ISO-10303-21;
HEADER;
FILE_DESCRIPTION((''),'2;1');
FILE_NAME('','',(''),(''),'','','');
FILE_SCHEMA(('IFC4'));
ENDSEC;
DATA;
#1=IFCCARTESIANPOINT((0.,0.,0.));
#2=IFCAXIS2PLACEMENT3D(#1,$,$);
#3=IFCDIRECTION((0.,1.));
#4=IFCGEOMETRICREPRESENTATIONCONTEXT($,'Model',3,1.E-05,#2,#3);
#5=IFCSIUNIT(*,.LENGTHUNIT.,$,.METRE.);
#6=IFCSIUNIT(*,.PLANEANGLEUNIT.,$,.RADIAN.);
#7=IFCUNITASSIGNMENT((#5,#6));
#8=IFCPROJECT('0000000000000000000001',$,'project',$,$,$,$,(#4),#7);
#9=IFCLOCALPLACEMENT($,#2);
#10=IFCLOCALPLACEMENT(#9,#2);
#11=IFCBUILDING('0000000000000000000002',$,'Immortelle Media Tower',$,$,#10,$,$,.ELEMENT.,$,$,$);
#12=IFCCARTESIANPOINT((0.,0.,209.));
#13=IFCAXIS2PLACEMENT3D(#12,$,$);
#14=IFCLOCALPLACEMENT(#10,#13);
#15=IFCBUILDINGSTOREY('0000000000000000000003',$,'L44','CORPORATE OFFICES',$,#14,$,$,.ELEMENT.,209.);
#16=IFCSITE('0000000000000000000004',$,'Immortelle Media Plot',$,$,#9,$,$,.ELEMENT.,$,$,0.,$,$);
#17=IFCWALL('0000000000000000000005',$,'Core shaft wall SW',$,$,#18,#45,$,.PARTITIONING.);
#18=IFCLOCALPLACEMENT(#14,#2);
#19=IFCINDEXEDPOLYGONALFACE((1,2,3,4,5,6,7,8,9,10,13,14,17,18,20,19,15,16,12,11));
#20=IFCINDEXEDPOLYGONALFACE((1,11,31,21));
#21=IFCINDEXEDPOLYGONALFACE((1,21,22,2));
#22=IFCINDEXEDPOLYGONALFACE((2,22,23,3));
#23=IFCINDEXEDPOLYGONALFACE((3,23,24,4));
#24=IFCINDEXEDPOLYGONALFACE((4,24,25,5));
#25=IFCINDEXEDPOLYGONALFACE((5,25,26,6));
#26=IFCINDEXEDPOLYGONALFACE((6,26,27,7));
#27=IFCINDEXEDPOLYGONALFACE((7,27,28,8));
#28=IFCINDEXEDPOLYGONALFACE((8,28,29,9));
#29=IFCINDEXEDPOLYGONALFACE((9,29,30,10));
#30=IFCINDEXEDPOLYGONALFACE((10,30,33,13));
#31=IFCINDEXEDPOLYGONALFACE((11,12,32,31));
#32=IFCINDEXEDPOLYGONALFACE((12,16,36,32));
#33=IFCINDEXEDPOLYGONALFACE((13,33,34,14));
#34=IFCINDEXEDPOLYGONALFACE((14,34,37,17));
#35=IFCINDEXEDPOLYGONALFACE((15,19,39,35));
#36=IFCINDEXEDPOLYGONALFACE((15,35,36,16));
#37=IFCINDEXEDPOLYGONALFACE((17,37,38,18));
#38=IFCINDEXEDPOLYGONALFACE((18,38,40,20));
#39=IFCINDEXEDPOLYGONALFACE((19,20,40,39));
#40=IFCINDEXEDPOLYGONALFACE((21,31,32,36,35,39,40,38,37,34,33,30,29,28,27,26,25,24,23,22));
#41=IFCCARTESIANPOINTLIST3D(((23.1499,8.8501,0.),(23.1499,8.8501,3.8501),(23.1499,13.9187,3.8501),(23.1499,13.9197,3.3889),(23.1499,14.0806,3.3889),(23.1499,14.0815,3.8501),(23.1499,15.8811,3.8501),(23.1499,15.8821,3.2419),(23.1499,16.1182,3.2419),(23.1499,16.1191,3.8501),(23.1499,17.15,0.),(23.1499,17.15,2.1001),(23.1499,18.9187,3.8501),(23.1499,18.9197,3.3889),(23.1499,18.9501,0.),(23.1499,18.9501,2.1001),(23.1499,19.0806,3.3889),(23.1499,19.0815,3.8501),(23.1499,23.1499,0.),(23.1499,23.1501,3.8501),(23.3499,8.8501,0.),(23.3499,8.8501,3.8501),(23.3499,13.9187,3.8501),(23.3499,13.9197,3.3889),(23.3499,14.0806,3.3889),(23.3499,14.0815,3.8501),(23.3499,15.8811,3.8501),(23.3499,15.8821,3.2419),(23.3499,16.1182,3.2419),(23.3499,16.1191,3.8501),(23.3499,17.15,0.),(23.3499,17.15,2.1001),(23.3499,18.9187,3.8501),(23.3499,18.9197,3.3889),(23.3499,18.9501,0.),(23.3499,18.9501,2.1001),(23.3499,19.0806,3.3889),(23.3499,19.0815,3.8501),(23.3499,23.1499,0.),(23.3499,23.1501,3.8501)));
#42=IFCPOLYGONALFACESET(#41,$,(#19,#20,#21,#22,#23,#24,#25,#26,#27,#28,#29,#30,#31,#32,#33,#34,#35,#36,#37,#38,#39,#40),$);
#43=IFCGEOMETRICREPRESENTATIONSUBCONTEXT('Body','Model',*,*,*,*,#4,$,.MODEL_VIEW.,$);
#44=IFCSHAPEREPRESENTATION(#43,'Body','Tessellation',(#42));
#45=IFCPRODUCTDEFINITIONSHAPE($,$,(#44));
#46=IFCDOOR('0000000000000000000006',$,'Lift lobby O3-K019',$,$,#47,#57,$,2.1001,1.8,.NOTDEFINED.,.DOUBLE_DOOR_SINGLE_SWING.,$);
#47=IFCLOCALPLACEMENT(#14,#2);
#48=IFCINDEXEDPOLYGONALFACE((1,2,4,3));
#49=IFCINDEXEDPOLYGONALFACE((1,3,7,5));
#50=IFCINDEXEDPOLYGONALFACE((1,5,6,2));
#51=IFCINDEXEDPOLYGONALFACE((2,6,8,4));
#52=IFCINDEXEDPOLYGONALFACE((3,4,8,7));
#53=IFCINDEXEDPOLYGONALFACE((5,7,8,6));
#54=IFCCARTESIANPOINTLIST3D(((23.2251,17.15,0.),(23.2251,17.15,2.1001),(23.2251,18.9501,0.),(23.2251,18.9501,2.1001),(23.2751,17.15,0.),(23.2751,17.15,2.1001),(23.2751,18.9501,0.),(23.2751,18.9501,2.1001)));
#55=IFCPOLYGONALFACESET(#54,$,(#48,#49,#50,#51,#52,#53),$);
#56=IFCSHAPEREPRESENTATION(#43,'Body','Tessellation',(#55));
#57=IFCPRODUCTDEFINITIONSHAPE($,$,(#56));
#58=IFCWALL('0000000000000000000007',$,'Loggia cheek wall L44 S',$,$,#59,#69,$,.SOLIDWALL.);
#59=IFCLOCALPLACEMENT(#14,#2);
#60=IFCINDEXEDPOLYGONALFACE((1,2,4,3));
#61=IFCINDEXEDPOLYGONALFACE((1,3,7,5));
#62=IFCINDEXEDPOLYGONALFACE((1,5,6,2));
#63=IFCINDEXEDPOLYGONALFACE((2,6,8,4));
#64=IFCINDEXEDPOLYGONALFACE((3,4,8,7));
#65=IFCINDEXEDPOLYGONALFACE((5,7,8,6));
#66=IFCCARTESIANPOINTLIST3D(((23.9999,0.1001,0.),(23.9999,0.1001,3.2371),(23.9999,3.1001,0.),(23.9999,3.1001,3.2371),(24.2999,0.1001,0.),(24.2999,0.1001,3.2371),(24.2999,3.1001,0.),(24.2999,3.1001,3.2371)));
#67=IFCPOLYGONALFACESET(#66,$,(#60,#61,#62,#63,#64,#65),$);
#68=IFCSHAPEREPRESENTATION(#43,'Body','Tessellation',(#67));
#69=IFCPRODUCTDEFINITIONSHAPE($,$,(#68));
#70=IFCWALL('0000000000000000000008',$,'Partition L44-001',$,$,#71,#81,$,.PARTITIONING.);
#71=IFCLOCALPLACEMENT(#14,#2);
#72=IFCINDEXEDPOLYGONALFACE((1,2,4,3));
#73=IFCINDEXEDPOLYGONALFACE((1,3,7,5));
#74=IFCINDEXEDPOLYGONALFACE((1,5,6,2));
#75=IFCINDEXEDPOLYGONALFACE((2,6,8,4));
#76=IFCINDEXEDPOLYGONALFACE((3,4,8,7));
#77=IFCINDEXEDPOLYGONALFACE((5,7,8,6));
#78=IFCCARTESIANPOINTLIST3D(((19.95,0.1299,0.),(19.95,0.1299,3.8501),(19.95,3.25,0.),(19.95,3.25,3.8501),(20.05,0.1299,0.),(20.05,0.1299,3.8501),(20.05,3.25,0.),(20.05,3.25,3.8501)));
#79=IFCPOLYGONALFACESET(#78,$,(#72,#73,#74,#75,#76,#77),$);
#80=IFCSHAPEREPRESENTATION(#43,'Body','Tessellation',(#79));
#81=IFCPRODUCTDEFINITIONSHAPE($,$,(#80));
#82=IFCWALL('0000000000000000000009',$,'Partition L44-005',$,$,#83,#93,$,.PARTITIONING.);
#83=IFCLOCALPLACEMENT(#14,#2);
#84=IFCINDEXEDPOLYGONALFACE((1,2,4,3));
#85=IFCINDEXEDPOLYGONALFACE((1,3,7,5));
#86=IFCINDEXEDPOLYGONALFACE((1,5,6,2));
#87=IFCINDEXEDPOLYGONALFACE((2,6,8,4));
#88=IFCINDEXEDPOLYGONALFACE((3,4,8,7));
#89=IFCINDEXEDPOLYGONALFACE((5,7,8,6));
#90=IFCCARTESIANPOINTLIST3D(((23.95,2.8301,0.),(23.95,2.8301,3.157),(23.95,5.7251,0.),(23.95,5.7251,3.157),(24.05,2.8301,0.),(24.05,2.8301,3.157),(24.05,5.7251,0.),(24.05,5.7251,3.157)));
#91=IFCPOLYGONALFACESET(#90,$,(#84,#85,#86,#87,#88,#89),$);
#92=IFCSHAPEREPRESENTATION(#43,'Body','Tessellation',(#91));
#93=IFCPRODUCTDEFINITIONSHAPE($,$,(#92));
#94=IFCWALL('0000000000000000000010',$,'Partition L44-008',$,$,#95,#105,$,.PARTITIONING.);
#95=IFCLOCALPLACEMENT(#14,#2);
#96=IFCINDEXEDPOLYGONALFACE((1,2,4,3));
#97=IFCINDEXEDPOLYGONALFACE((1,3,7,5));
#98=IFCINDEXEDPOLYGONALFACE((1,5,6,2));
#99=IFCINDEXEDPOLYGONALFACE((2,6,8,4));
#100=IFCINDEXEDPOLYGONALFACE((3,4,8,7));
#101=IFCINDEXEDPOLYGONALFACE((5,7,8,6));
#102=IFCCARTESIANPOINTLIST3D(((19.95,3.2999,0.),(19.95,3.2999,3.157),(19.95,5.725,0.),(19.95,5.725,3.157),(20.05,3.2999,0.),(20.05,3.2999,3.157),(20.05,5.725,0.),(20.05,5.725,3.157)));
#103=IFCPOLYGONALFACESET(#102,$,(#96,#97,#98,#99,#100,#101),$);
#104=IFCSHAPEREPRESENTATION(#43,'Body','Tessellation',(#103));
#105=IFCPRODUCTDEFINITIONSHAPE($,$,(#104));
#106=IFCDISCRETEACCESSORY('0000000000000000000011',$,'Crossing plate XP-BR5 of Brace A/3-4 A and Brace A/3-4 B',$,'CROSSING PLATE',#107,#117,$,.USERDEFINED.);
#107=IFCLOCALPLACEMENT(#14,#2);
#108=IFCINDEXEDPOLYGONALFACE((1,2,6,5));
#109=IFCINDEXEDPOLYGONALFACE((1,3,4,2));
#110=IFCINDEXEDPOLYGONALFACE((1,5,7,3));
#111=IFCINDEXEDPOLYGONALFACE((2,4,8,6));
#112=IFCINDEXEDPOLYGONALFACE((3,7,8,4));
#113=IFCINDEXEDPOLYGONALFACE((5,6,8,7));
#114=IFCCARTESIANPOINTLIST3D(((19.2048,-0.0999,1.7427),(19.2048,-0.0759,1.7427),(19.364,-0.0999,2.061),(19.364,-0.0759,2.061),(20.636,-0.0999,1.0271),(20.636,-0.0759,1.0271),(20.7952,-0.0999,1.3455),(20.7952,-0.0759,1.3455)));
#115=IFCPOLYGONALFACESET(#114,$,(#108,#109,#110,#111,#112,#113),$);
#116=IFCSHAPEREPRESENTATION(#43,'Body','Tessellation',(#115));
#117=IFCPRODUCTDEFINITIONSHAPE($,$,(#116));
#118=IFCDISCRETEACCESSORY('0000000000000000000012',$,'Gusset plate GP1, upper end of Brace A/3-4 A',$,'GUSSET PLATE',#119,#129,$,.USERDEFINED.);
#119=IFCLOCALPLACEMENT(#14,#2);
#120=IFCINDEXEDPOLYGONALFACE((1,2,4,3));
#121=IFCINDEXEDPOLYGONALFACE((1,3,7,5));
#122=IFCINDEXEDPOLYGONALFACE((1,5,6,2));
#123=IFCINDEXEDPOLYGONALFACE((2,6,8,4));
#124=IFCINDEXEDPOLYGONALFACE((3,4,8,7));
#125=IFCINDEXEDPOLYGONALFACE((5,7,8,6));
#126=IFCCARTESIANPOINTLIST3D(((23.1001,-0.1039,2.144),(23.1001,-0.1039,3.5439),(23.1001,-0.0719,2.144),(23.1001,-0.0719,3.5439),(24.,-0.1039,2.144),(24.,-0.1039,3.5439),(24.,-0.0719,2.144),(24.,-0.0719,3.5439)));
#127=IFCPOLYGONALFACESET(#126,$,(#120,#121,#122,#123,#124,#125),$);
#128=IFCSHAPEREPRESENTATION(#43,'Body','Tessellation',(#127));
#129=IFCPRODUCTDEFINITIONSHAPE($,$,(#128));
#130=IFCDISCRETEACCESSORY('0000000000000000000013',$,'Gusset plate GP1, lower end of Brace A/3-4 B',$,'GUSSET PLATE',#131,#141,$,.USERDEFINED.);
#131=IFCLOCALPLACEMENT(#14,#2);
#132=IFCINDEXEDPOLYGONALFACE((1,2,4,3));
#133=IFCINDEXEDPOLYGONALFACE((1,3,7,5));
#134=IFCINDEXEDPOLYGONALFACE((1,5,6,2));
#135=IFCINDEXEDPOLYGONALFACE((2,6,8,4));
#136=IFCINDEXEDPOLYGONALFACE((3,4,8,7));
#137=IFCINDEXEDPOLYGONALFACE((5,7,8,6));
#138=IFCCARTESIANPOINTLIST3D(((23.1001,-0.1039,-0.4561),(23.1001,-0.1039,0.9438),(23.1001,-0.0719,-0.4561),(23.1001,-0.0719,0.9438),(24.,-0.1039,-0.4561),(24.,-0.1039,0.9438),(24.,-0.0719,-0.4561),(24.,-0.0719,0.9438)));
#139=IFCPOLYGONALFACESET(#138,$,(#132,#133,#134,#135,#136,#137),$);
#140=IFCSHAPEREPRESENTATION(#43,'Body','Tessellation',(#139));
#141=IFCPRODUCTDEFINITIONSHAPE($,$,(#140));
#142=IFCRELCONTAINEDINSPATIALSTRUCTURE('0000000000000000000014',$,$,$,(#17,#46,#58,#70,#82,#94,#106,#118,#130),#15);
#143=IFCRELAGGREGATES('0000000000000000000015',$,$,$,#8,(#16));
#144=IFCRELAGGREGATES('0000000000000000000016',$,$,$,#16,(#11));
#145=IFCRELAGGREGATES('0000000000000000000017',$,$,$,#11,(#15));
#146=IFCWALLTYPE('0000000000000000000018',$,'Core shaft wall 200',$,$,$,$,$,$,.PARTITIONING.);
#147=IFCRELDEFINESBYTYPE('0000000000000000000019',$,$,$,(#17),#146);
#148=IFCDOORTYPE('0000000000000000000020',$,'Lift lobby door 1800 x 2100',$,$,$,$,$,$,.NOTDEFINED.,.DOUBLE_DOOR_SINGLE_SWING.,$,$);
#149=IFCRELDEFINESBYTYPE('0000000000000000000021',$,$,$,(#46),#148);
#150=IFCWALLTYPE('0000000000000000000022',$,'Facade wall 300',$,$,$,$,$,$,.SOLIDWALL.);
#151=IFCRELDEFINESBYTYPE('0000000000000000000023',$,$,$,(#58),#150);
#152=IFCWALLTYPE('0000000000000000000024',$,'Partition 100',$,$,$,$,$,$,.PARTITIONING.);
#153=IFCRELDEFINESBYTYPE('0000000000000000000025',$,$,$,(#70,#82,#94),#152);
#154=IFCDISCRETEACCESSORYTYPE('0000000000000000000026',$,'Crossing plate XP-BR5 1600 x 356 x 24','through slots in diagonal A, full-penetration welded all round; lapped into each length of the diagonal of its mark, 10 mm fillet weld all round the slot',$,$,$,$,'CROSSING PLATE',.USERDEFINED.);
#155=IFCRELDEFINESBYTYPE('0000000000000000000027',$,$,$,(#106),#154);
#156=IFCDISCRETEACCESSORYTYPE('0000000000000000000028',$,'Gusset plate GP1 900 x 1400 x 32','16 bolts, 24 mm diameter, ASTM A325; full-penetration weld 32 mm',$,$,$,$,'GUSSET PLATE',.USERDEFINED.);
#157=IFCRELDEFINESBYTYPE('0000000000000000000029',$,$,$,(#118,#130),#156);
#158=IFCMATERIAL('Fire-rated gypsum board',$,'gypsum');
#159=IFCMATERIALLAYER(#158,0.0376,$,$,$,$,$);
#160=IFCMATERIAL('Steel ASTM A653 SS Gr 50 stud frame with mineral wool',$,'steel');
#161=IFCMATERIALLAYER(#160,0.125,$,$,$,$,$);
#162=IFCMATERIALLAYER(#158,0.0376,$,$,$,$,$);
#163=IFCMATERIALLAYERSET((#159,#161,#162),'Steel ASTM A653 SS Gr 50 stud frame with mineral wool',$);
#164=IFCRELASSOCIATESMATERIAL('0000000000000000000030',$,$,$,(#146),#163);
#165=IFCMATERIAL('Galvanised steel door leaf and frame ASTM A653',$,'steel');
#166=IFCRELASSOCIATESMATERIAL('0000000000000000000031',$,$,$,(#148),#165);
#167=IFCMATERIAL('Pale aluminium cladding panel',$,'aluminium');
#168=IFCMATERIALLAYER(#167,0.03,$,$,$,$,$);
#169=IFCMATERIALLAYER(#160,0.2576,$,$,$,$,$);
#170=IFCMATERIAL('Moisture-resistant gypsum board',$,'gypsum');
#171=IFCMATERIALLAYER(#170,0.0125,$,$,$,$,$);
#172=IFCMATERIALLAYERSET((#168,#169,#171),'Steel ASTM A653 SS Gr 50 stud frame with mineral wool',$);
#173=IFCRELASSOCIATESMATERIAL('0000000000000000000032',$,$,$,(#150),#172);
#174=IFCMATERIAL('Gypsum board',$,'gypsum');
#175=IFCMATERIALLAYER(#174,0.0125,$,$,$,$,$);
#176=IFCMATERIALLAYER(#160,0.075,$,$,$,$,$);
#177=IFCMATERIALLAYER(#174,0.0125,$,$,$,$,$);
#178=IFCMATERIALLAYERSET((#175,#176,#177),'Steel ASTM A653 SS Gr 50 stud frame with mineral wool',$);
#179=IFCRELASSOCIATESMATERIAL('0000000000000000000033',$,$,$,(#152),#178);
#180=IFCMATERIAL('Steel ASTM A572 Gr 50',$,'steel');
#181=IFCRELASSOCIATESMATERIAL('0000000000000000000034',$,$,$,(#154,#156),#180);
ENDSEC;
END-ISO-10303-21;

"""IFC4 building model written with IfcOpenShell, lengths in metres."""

from ifc_helpers import new_model, si_unit, direction, frame, frame_2d, origin, origin_2d, place, context, subcontext, project, spatial, polyline, rectangle, outline, extrude, material, layer, layer_set, material_profile, profile_set, type_object, element, fill, save


model = new_model("IFC4")

# Units and contexts
model_context = context("Model", 3, precision=1e-05, world=origin(), true_north=direction((0.0, 1.0)))
body_context = subcontext(model_context, "Body", "Model", "MODEL_VIEW")
ifc_project = project(units=[si_unit("LENGTHUNIT", "METRE"), si_unit("PLANEANGLEUNIT", "RADIAN")], contexts=[model_context])

# Site, building, storey
site_placement = place(None, origin())
site = spatial("IfcSite", under=ifc_project, at=site_placement, Name="Immortelle Media Plot", CompositionType="ELEMENT", RefElevation=0.0)
building_placement = place(site_placement, origin())
building = spatial("IfcBuilding", under=site, at=building_placement, Name="Immortelle Media Tower", CompositionType="ELEMENT")
storey_placement = place(building_placement, frame((0.0, 0.0, 209.0)))
storey = spatial("IfcBuildingStorey", under=building, at=storey_placement, Name="L44", Description="CORPORATE OFFICES", CompositionType="ELEMENT", Elevation=209.0)

# Shared definitions
ifc_material_1 = material(Name="Fire-rated gypsum board", Category="gypsum")
ifc_layer_1 = layer(ifc_material_1, 0.0376)
ifc_material_2 = material(Name="Steel ASTM A653 SS Gr 50 stud frame with mineral wool", Category="steel")
ifc_layer_2 = layer(ifc_material_2, 0.125)
ifc_layer_3 = layer(ifc_material_1, 0.0376)
ifc_layer_set_1 = layer_set([ifc_layer_1, ifc_layer_2, ifc_layer_3], Name="Steel ASTM A653 SS Gr 50 stud frame with mineral wool")
wall_type_1 = type_object("IfcWallType", Name="Core shaft wall 200", PredefinedType="PARTITIONING", material=ifc_layer_set_1)

# Wall, opening, door
wall_1_placement = place(storey_placement, frame((23.25, 8.8501, 0.0), z_axis=(0.0, 0.0, 1.0), x_axis=(0.0, 1.0, 0.0)))
wall_1 = element("IfcWall", 1, at=wall_1_placement, inside=storey, type_object=wall_type_1, Name="Core shaft wall SW", PredefinedType="PARTITIONING", context=body_context, shape_type="SweptSolid", body=[
    extrude(outline(polyline([(0.0, 0.0), (14.2998, 0.0), (14.3, 3.8501), (10.2314, 3.8501), (10.2305, 3.3889), (10.0696, 3.3889), (10.0686, 3.8501), (7.269, 3.8501), (7.2681, 3.2419), (7.032, 3.2419), (7.031, 3.8501), (5.2314, 3.8501), (5.2305, 3.3889), (5.0696, 3.3889), (5.0686, 3.8501), (0.0, 3.8501), (0.0, 0.0)])), frame((0.0, 0.1001, 0.0), z_axis=(0.0, -1.0, 0.0), x_axis=(1.0, 0.0, 0.0)), (0.0, 0.0, 1.0), 0.2),
])
opening_1_placement = place(wall_1_placement, frame((8.3, 0.0, 0.0)))
opening_1 = element("IfcOpeningElement", 2, at=opening_1_placement, cuts=wall_1, PredefinedType="OPENING", context=body_context, shape_type="SweptSolid", body=[
    extrude(rectangle(XDim=1.8, YDim=2.1001, at=frame_2d((0.8999, 1.05))), frame((0.0, 0.1099, 0.0), z_axis=(0.0, -1.0, 0.0), x_axis=(1.0, 0.0, 0.0)), (0.0, 0.0, 1.0), 0.22),
])
ifc_material_3 = material(Name="Galvanised steel door leaf and frame ASTM A653", Category="steel")
door_type_1 = type_object("IfcDoorType", Name="Lift lobby door 1800 x 2100", OperationType="DOUBLE_DOOR_SINGLE_SWING", PredefinedType="NOTDEFINED", material=ifc_material_3)
door_1_placement = place(opening_1_placement, origin())
door_1 = element("IfcDoor", 3, at=door_1_placement, inside=storey, type_object=door_type_1, Name="Lift lobby O3-K019", OperationType="DOUBLE_DOOR_SINGLE_SWING", OverallHeight=2.1001, OverallWidth=1.8, PredefinedType="NOTDEFINED", context=body_context, shape_type="SweptSolid", body=[
    extrude(rectangle(XDim=1.8, YDim=2.1001, at=frame_2d((0.8999, 1.05))), frame((0.0, 0.0249, 0.0), z_axis=(0.0, -1.0, 0.0), x_axis=(1.0, 0.0, 0.0)), (0.0, 0.0, 1.0), 0.05),
])
fill(opening_1, door_1)

# Shared definitions
ifc_material_4 = material(Name="Pale aluminium cladding panel", Category="aluminium")
ifc_layer_4 = layer(ifc_material_4, 0.03)
ifc_layer_5 = layer(ifc_material_2, 0.2576)
ifc_material_5 = material(Name="Moisture-resistant gypsum board", Category="gypsum")
ifc_layer_6 = layer(ifc_material_5, 0.0125)
ifc_layer_set_2 = layer_set([ifc_layer_4, ifc_layer_5, ifc_layer_6], Name="Steel ASTM A653 SS Gr 50 stud frame with mineral wool")
wall_type_2 = type_object("IfcWallType", Name="Facade wall 300", PredefinedType="SOLIDWALL", material=ifc_layer_set_2)

# Walls
wall_2_placement = place(storey_placement, frame((24.1499, 0.1001, 0.0), z_axis=(0.0, 0.0, 1.0), x_axis=(0.0, 1.0, 0.0)))
element("IfcWall", 4, at=wall_2_placement, inside=storey, type_object=wall_type_2, Name="Loggia cheek wall L44 S", PredefinedType="SOLIDWALL", context=body_context, shape_type="SweptSolid", body=[
    extrude(rectangle(XDim=3.0, YDim=0.3, at=frame_2d((1.5, 0.0))), origin(), (0.0, 0.0, 1.0), 3.2371),
])
ifc_material_6 = material(Name="Gypsum board", Category="gypsum")
ifc_layer_7 = layer(ifc_material_6, 0.0125)
ifc_layer_8 = layer(ifc_material_2, 0.075)
ifc_layer_9 = layer(ifc_material_6, 0.0125)
ifc_layer_set_3 = layer_set([ifc_layer_7, ifc_layer_8, ifc_layer_9], Name="Steel ASTM A653 SS Gr 50 stud frame with mineral wool")
wall_type_3 = type_object("IfcWallType", Name="Partition 100", PredefinedType="PARTITIONING", material=ifc_layer_set_3)
wall_3_placement = place(storey_placement, frame((20.0, 0.1299, 0.0), z_axis=(0.0, 0.0, 1.0), x_axis=(0.0, 1.0, 0.0)))
element("IfcWall", 5, at=wall_3_placement, inside=storey, type_object=wall_type_3, Name="Partition L44-001", PredefinedType="PARTITIONING", context=body_context, shape_type="SweptSolid", body=[
    extrude(rectangle(XDim=3.1201, YDim=0.1001, at=frame_2d((1.5601, 0.0))), origin(), (0.0, 0.0, 1.0), 3.8501),
])
wall_4_placement = place(storey_placement, frame((24.0, 2.8301, 0.0), z_axis=(0.0, 0.0, 1.0), x_axis=(0.0, 1.0, 0.0)))
element("IfcWall", 6, at=wall_4_placement, inside=storey, type_object=wall_type_3, Name="Partition L44-005", PredefinedType="PARTITIONING", context=body_context, shape_type="SweptSolid", body=[
    extrude(rectangle(XDim=2.895, YDim=0.1001, at=frame_2d((1.4475, 0.0))), origin(), (0.0, 0.0, 1.0), 3.157),
])
wall_5_placement = place(storey_placement, frame((20.0, 3.3, 0.0), z_axis=(0.0, 0.0, 1.0), x_axis=(0.0, 1.0, 0.0)))
element("IfcWall", 7, at=wall_5_placement, inside=storey, type_object=wall_type_3, Name="Partition L44-008", PredefinedType="PARTITIONING", context=body_context, shape_type="SweptSolid", body=[
    extrude(rectangle(XDim=2.425, YDim=0.1001, at=frame_2d((1.2124, 0.0))), origin(), (0.0, 0.0, 1.0), 3.157),
])

# Discrete accessories
ifc_material_7 = material(Name="Steel ASTM A572 Gr 50", Category="steel")
ifc_material_profile_1 = material_profile(ifc_material_7, rectangle(XDim=0.0239, YDim=0.356, at=origin_2d()), Name="PL 24 x 356")
ifc_profile_set_1 = profile_set([ifc_material_profile_1], Name="Steel ASTM A572 Gr 50")
discrete_accessory_type_1 = type_object("IfcDiscreteAccessoryType", Name="Crossing plate XP-BR5 1600 x 356 x 24", Description="through slots in diagonal A, full-penetration welded all round; lapped into each length of the diagonal of its mark, 10 mm fillet weld all round the slot", ElementType="CROSSING PLATE", PredefinedType="USERDEFINED", material=ifc_profile_set_1)
discrete_accessory_placement = place(storey_placement, frame((19.2844, -0.0879, 1.9019), z_axis=(0.894427, 0.0, -0.447214), x_axis=(0.0, 1.0, 0.0)))
element("IfcDiscreteAccessory", 8, at=discrete_accessory_placement, inside=storey, type_object=discrete_accessory_type_1, Name="Crossing plate XP-BR5 of Brace A/3-4 A and Brace A/3-4 B", ObjectType="CROSSING PLATE", PredefinedType="USERDEFINED", context=body_context, shape_type="SweptSolid", body=[
    extrude(rectangle(XDim=0.0239, YDim=0.356, at=origin_2d()), origin(), (0.0, 0.0, 1.0), 1.6001),
])
ifc_material_profile_2 = material_profile(ifc_material_7, rectangle(XDim=0.032, YDim=1.3999, at=origin_2d()), Name="PL 32 x 1400")
ifc_profile_set_2 = profile_set([ifc_material_profile_2], Name="Steel ASTM A572 Gr 50")
discrete_accessory_type_2 = type_object("IfcDiscreteAccessoryType", Name="Gusset plate GP1 900 x 1400 x 32", Description="16 bolts, 24 mm diameter, ASTM A325; full-penetration weld 32 mm", ElementType="GUSSET PLATE", PredefinedType="USERDEFINED", material=ifc_profile_set_2)
for number, where, z_axis, x_axis, name in (
    (9, (24.0, -0.0879, 2.844), (-1.0, 0.0, 0.0), (0.0, -1.0, 0.0), "Gusset plate GP1, upper end of Brace A/3-4 A"),
    (10, (24.0, -0.0879, 0.2439), (-1.0, 0.0, 0.0), (0.0, -1.0, 0.0), "Gusset plate GP1, lower end of Brace A/3-4 B"),
):
    element("IfcDiscreteAccessory", number, at=place(storey_placement, frame(where, z_axis=z_axis, x_axis=x_axis)), inside=storey, type_object=discrete_accessory_type_2, Name=name, ObjectType="GUSSET PLATE", PredefinedType="USERDEFINED", context=body_context, shape_type="SweptSolid", body=[
        extrude(rectangle(XDim=0.032, YDim=1.3999, at=origin_2d()), origin(), (0.0, 0.0, 1.0), 0.8999),
    ])

save(model, "model.ifc")
